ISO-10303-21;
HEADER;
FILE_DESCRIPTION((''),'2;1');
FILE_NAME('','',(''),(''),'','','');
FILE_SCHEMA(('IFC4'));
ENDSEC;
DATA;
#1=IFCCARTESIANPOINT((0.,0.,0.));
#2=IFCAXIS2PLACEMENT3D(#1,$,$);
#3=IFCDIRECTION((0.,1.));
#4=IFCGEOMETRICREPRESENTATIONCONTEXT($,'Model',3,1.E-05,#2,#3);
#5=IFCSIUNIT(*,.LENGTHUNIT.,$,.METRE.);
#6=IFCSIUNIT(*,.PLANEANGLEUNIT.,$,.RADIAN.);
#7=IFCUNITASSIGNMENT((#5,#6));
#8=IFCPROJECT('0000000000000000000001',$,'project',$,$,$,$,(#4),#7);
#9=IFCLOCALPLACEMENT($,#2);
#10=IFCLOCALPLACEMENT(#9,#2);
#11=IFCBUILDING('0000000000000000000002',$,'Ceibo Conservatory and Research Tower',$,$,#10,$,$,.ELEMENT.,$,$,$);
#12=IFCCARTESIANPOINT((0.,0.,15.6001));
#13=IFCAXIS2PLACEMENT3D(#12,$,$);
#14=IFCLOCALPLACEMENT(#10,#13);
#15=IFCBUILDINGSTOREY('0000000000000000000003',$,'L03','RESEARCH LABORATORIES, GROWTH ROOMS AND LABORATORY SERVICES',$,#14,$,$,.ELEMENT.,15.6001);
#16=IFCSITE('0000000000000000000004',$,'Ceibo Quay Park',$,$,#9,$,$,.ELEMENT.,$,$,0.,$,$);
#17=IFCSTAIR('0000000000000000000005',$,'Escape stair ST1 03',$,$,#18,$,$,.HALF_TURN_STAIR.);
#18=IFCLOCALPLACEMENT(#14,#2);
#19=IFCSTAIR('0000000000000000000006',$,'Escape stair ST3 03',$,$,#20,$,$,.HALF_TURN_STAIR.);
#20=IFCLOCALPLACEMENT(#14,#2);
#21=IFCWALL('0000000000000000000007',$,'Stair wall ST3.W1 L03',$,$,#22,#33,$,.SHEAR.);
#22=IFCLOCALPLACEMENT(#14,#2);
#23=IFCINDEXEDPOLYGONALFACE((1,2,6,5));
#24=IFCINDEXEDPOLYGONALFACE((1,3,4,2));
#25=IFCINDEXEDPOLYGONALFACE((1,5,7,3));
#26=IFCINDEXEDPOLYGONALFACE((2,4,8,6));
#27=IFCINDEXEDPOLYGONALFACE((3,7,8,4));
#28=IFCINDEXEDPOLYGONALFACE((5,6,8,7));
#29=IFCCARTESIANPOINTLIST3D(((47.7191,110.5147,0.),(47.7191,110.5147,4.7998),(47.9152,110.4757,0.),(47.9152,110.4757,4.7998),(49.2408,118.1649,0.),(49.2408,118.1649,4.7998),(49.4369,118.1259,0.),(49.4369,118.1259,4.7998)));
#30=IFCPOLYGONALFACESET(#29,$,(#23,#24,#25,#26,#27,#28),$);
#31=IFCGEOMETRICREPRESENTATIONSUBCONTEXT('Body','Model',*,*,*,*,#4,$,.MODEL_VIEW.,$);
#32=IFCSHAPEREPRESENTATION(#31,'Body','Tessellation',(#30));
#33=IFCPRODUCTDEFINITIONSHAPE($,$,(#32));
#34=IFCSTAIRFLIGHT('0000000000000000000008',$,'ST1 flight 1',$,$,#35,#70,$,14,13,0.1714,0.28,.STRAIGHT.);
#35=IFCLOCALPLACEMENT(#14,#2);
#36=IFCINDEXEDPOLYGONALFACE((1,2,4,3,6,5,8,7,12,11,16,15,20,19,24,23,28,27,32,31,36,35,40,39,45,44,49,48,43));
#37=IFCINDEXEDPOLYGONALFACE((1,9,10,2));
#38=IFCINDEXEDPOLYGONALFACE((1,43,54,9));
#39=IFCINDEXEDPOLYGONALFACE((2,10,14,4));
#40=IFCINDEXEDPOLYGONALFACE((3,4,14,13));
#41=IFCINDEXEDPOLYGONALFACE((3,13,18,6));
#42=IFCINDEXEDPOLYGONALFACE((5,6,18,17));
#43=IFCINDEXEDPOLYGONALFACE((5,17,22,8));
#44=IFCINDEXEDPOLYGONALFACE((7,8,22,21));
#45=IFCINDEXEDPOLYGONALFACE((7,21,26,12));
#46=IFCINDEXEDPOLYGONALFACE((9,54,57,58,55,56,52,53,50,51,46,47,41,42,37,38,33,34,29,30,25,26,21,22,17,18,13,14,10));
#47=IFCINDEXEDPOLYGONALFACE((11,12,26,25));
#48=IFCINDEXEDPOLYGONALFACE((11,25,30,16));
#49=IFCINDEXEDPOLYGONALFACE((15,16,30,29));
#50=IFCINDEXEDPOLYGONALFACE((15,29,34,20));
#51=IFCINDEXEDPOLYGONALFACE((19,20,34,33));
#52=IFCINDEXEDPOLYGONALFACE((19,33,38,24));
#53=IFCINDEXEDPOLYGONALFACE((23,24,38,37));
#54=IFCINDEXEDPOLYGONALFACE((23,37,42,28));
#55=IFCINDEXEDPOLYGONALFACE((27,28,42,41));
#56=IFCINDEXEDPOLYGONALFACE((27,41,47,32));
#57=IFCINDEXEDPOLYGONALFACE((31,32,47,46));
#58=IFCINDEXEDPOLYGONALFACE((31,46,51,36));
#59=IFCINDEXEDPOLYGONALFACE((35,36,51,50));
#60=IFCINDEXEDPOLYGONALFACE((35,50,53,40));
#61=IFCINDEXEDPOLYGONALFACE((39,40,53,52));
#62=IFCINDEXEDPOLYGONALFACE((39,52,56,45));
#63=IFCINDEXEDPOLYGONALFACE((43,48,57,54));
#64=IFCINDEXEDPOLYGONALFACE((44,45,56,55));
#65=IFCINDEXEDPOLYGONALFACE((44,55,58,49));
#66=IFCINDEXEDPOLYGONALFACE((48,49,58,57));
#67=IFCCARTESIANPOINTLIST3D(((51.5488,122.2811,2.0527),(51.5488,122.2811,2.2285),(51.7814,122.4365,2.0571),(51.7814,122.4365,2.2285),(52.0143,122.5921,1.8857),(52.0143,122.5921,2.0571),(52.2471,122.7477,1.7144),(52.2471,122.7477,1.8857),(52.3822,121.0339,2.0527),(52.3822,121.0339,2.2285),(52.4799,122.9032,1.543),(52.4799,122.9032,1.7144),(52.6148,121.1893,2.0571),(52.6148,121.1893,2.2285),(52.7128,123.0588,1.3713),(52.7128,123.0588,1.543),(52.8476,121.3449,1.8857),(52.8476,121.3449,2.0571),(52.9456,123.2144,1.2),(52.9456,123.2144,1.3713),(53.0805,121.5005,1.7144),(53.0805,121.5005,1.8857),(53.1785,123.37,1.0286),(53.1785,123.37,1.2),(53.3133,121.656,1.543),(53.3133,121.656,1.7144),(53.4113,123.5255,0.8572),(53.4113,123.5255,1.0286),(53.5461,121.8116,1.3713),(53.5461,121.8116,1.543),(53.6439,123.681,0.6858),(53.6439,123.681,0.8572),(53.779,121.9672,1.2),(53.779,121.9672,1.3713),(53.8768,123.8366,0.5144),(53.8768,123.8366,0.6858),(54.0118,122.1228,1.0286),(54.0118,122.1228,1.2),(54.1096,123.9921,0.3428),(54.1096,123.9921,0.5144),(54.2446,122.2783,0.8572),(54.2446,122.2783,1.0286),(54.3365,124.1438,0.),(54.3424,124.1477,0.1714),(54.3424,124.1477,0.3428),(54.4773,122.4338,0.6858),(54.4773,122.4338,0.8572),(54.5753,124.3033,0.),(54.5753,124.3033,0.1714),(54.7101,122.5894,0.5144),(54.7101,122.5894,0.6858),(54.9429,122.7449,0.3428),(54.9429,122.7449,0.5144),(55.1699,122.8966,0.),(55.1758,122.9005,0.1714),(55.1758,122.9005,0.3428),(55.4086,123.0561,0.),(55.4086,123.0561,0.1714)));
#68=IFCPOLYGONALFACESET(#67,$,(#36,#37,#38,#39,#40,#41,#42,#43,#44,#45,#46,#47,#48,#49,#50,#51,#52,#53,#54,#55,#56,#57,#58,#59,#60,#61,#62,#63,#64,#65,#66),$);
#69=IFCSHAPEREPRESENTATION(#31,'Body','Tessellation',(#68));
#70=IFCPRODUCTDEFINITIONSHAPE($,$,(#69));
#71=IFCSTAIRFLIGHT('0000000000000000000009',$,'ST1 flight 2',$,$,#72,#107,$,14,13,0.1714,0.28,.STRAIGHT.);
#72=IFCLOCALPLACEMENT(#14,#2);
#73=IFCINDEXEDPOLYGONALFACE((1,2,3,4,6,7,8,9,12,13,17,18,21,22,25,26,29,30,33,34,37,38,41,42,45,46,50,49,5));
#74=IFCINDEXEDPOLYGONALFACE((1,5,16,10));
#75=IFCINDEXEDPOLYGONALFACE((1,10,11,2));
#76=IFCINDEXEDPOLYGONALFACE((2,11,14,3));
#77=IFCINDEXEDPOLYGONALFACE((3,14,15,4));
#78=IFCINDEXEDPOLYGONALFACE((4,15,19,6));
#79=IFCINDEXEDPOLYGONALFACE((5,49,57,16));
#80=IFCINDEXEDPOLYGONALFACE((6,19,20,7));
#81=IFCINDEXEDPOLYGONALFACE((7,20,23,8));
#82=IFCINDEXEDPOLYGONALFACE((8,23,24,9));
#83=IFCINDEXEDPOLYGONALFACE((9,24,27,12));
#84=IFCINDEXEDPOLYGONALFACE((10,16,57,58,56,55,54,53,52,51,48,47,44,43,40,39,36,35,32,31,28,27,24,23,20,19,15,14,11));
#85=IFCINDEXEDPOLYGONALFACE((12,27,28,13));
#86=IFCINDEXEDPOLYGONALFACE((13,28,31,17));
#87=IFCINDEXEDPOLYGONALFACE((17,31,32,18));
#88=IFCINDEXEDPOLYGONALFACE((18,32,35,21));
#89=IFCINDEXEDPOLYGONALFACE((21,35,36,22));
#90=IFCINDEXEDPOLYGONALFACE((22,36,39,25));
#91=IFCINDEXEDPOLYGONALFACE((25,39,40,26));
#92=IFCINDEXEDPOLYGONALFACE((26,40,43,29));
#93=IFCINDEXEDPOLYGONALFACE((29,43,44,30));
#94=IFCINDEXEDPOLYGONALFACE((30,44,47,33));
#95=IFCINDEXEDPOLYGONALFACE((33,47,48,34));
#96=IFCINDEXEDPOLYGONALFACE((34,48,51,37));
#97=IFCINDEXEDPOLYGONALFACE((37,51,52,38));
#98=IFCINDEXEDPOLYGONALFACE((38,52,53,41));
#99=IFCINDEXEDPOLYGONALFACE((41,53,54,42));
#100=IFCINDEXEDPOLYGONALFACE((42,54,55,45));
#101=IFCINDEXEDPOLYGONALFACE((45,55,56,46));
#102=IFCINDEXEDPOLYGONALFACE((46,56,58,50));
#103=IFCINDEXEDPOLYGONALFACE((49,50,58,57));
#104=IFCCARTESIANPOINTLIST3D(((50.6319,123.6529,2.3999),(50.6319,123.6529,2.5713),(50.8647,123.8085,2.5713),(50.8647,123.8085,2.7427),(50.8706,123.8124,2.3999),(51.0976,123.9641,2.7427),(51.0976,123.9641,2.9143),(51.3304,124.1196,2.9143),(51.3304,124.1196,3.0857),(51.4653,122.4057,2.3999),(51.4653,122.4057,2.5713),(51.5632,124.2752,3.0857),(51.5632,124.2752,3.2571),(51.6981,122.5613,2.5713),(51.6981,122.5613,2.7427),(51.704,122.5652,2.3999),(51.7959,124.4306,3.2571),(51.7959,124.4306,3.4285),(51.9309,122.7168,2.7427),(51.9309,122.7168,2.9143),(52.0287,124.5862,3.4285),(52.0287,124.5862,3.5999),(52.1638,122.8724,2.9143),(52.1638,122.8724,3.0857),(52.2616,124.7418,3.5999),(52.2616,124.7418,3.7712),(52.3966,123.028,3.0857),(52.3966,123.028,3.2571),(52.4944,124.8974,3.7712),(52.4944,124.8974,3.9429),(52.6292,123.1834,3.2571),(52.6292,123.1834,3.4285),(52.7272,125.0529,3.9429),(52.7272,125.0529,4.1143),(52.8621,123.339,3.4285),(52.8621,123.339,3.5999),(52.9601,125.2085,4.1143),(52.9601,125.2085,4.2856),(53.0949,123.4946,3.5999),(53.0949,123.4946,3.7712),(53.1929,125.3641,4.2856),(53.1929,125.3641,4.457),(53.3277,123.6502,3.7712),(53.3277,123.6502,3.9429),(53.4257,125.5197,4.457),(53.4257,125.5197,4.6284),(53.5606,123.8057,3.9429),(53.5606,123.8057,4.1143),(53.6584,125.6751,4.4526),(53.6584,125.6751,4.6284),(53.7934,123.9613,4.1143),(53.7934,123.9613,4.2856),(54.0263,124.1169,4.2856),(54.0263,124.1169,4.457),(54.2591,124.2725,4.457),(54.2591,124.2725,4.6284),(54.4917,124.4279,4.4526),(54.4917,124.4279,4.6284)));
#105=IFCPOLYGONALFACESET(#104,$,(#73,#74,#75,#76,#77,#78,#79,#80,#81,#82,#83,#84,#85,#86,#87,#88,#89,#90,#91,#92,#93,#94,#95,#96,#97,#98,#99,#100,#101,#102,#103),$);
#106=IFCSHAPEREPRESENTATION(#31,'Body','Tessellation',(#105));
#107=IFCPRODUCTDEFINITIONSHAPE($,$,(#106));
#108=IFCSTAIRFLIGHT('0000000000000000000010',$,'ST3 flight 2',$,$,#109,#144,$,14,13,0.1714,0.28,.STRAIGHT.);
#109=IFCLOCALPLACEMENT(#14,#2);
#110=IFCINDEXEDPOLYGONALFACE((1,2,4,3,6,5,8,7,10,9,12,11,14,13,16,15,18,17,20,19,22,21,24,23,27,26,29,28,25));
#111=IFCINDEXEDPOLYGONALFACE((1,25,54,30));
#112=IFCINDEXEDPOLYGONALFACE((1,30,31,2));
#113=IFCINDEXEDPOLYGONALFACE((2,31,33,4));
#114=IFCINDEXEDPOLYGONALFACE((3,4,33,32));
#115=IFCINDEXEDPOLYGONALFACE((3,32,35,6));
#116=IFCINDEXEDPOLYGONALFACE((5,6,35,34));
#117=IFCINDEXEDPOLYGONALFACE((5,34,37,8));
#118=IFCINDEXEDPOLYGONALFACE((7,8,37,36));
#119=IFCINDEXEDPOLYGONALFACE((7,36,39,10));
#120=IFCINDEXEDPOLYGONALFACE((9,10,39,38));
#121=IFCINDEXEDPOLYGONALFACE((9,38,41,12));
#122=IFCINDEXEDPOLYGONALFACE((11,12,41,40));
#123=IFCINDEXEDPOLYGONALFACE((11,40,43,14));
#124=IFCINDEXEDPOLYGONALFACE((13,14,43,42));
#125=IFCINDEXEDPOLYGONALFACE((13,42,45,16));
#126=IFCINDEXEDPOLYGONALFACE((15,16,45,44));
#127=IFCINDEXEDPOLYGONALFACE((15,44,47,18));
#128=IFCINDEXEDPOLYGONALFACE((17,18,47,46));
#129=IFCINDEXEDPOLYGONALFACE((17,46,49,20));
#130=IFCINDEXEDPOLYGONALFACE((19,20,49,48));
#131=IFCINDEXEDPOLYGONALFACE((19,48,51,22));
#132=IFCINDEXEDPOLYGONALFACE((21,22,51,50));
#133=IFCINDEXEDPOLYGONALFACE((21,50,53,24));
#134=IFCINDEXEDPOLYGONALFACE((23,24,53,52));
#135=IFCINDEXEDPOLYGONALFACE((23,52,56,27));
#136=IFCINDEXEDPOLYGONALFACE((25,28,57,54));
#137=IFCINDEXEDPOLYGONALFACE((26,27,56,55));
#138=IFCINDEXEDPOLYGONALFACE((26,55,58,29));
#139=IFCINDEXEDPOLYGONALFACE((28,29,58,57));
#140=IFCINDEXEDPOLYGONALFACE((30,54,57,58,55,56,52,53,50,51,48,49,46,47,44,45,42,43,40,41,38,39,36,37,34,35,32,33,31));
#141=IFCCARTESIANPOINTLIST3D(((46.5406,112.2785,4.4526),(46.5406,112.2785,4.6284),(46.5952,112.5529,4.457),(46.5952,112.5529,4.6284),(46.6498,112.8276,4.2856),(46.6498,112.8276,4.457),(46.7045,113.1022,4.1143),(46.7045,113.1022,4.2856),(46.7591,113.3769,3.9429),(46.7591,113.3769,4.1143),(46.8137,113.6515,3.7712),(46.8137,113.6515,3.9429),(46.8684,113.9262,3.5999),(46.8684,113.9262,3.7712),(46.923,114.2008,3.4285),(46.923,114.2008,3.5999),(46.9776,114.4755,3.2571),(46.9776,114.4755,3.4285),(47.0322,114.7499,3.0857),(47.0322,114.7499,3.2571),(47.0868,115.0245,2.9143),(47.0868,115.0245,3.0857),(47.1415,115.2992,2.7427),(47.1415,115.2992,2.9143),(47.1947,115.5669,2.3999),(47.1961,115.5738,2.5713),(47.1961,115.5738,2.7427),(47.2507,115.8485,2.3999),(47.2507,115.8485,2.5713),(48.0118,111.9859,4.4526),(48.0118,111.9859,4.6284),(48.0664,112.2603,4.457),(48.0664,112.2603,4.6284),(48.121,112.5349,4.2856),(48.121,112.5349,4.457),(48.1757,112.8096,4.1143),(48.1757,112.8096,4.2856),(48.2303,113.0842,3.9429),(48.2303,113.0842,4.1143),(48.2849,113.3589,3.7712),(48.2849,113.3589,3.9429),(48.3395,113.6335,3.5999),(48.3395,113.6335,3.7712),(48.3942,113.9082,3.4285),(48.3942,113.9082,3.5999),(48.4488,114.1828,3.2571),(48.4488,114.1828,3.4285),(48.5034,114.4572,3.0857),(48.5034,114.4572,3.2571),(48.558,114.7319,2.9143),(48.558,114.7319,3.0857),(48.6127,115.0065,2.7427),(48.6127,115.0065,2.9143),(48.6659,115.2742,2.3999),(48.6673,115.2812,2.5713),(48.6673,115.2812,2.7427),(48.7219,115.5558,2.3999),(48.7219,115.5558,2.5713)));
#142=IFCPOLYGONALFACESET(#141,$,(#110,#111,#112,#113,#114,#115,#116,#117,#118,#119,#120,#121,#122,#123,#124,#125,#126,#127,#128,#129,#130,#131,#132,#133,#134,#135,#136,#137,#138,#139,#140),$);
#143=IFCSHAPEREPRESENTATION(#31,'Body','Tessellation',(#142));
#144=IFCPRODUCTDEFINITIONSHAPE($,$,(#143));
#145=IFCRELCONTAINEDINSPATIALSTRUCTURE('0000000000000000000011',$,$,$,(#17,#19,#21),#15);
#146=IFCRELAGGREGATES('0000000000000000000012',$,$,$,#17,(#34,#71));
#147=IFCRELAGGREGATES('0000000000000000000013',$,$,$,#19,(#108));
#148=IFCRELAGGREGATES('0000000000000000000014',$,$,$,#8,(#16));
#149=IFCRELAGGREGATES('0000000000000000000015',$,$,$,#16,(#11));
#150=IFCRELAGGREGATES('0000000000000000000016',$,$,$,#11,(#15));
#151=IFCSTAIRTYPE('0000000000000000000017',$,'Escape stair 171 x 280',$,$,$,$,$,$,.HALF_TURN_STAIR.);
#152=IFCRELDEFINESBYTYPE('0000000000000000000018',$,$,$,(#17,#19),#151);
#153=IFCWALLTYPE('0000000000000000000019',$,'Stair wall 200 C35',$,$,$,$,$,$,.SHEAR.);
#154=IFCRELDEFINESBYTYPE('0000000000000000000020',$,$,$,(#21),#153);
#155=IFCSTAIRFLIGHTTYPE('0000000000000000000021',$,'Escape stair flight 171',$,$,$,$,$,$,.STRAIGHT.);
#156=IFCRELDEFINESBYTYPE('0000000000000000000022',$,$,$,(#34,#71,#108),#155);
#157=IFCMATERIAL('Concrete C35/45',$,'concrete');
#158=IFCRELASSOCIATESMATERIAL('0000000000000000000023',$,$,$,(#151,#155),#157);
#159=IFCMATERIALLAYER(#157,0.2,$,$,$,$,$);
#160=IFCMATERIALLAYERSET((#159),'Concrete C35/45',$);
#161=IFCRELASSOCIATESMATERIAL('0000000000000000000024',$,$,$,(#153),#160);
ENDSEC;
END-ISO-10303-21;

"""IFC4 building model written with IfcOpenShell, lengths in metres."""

from ifc_helpers import new_model, si_unit, direction, frame, frame_2d, origin, place, context, subcontext, project, spatial, polyline, rectangle, outline, extrude, material, layer, layer_set, type_object, element, aggregate, save


model = new_model("IFC4")

# Units and contexts
model_context = context("Model", 3, precision=1e-05, world=origin(), true_north=direction((0.0, 1.0)))
body_context = subcontext(model_context, "Body", "Model", "MODEL_VIEW")
ifc_project = project(units=[si_unit("LENGTHUNIT", "METRE"), si_unit("PLANEANGLEUNIT", "RADIAN")], contexts=[model_context])

# Site, building, storey
site_placement = place(None, origin())
site = spatial("IfcSite", under=ifc_project, at=site_placement, Name="Ceibo Quay Park", CompositionType="ELEMENT", RefElevation=0.0)
building_placement = place(site_placement, origin())
building = spatial("IfcBuilding", under=site, at=building_placement, Name="Ceibo Conservatory and Research Tower", CompositionType="ELEMENT")
storey_placement = place(building_placement, frame((0.0, 0.0, 15.6001)))
storey = spatial("IfcBuildingStorey", under=building, at=storey_placement, Name="L03", Description="RESEARCH LABORATORIES, GROWTH ROOMS AND LABORATORY SERVICES", CompositionType="ELEMENT", Elevation=15.6001)

# Shared definitions
ifc_material_1 = material(Name="Concrete C35/45", Category="concrete")

# Stair
stair_type = type_object("IfcStairType", Name="Escape stair 171 x 280", PredefinedType="HALF_TURN_STAIR", material=ifc_material_1)
stair_1_placement = place(storey_placement, origin())
stair_1 = element("IfcStair", 1, at=stair_1_placement, inside=storey, type_object=stair_type, Name="Escape stair ST1 03", PredefinedType="HALF_TURN_STAIR")

# Stair
stair_2_placement = place(storey_placement, origin())
stair_2 = element("IfcStair", 2, at=stair_2_placement, inside=storey, type_object=stair_type, Name="Escape stair ST3 03", PredefinedType="HALF_TURN_STAIR")

# Wall
ifc_layer_1 = layer(ifc_material_1, 0.2)
ifc_layer_set_1 = layer_set([ifc_layer_1], Name="Concrete C35/45")
wall_type_1 = type_object("IfcWallType", Name="Stair wall 200 C35", PredefinedType="SHEAR", material=ifc_layer_set_1)
wall_1_placement = place(storey_placement, frame((49.3389, 118.1453, 0.0), z_axis=(0.0, 0.0, 1.0), x_axis=(-0.195093, -0.980785, 0.0)))
element("IfcWall", 3, at=wall_1_placement, inside=storey, type_object=wall_type_1, Name="Stair wall ST3.W1 L03", PredefinedType="SHEAR", context=body_context, shape_type="SweptSolid", body=[
    extrude(rectangle(XDim=7.8, YDim=0.2, at=frame_2d((3.8999, 0.0))), origin(), (0.0, 0.0, 1.0), 4.7998),
])

# Stair flights
stair_flight_type = type_object("IfcStairFlightType", Name="Escape stair flight 171", PredefinedType="STRAIGHT", material=ifc_material_1)
stair_flight_1_placement = place(storey_placement, frame((54.9919, 123.6797, 0.0), z_axis=(0.0, 0.0, 1.0), x_axis=(-0.83147, -0.55557, 0.0)))
stair_flight_1 = element("IfcStairFlight", 4, at=stair_flight_1_placement, type_object=stair_flight_type, Name="ST1 flight 1", NumberOfRisers=14, NumberOfTreads=13, PredefinedType="STRAIGHT", RiserHeight=0.1714, TreadLength=0.28, context=body_context, shape_type="SweptSolid", body=[
    extrude(outline(polyline([(0.0, 0.0), (0.0, 0.1714), (0.28, 0.1714), (0.28, 0.3428), (0.5601, 0.3428), (0.5601, 0.5144), (0.8401, 0.5144), (0.8401, 0.6858), (1.1201, 0.6858), (1.1201, 0.8572), (1.3999, 0.8572), (1.3999, 1.0286), (1.6799, 1.0286), (1.6799, 1.2), (1.96, 1.2), (1.96, 1.3713), (2.24, 1.3713), (2.24, 1.543), (2.52, 1.543), (2.52, 1.7144), (2.8, 1.7144), (2.8, 1.8857), (3.0801, 1.8857), (3.0801, 2.0571), (3.3601, 2.0571), (3.3601, 2.2285), (3.6399, 2.2285), (3.6399, 2.3999), (3.6399, 2.0527), (0.2871, 0.0), (0.0, 0.0)])), frame((0.0, 0.75, 0.0), z_axis=(0.0, -1.0, 0.0), x_axis=(1.0, 0.0, 0.0)), (0.0, 0.0, 1.0), 1.5),
])
stair_flight_2_placement = place(storey_placement, frame((51.0486, 123.0293, 2.3999), z_axis=(0.0, 0.0, 1.0), x_axis=(0.83147, 0.55557, 0.0)))
stair_flight_2 = element("IfcStairFlight", 5, at=stair_flight_2_placement, type_object=stair_flight_type, Name="ST1 flight 2", NumberOfRisers=14, NumberOfTreads=13, PredefinedType="STRAIGHT", RiserHeight=0.1714, TreadLength=0.28, context=body_context, shape_type="SweptSolid", body=[
    extrude(outline(polyline([(0.0, 0.0), (0.0, 0.1714), (0.28, 0.1714), (0.28, 0.3428), (0.5601, 0.3428), (0.5601, 0.5144), (0.8401, 0.5144), (0.8401, 0.6858), (1.1201, 0.6858), (1.1201, 0.8572), (1.3999, 0.8572), (1.3999, 1.0286), (1.6799, 1.0286), (1.6799, 1.2), (1.96, 1.2), (1.96, 1.3713), (2.24, 1.3713), (2.24, 1.543), (2.52, 1.543), (2.52, 1.7144), (2.8, 1.7144), (2.8, 1.8857), (3.0801, 1.8857), (3.0801, 2.0571), (3.3601, 2.0571), (3.3601, 2.2285), (3.6399, 2.2285), (3.6399, 2.3999), (3.6399, 2.0527), (0.2871, 0.0), (0.0, 0.0)])), frame((0.0, 0.75, 0.0), z_axis=(0.0, -1.0, 0.0), x_axis=(1.0, 0.0, 0.0)), (0.0, 0.0, 1.0), 1.5),
])
aggregate(stair_1, [stair_flight_1, stair_flight_2])
stair_flight_3_placement = place(storey_placement, frame((47.9863, 115.7021, 2.3999), z_axis=(0.0, 0.0, 1.0), x_axis=(-0.19509, -0.980785, 0.0)))
stair_flight_3 = element("IfcStairFlight", 6, at=stair_flight_3_placement, type_object=stair_flight_type, Name="ST3 flight 2", NumberOfRisers=14, NumberOfTreads=13, PredefinedType="STRAIGHT", RiserHeight=0.1714, TreadLength=0.28, context=body_context, shape_type="SweptSolid", body=[
    extrude(outline(polyline([(0.0, 0.0), (0.0, 0.1714), (0.28, 0.1714), (0.28, 0.3428), (0.5601, 0.3428), (0.5601, 0.5144), (0.8401, 0.5144), (0.8401, 0.6858), (1.1201, 0.6858), (1.1201, 0.8572), (1.3999, 0.8572), (1.3999, 1.0286), (1.6799, 1.0286), (1.6799, 1.2), (1.96, 1.2), (1.96, 1.3713), (2.24, 1.3713), (2.24, 1.543), (2.52, 1.543), (2.52, 1.7144), (2.8, 1.7144), (2.8, 1.8857), (3.0801, 1.8857), (3.0801, 2.0571), (3.3601, 2.0571), (3.3601, 2.2285), (3.6399, 2.2285), (3.6399, 2.3999), (3.6399, 2.0527), (0.2871, 0.0), (0.0, 0.0)])), frame((0.0, 0.75, 0.0), z_axis=(0.0, -1.0, 0.0), x_axis=(1.0, 0.0, 0.0)), (0.0, 0.0, 1.0), 1.5),
])
aggregate(stair_2, [stair_flight_3])

save(model, "model.ifc")
